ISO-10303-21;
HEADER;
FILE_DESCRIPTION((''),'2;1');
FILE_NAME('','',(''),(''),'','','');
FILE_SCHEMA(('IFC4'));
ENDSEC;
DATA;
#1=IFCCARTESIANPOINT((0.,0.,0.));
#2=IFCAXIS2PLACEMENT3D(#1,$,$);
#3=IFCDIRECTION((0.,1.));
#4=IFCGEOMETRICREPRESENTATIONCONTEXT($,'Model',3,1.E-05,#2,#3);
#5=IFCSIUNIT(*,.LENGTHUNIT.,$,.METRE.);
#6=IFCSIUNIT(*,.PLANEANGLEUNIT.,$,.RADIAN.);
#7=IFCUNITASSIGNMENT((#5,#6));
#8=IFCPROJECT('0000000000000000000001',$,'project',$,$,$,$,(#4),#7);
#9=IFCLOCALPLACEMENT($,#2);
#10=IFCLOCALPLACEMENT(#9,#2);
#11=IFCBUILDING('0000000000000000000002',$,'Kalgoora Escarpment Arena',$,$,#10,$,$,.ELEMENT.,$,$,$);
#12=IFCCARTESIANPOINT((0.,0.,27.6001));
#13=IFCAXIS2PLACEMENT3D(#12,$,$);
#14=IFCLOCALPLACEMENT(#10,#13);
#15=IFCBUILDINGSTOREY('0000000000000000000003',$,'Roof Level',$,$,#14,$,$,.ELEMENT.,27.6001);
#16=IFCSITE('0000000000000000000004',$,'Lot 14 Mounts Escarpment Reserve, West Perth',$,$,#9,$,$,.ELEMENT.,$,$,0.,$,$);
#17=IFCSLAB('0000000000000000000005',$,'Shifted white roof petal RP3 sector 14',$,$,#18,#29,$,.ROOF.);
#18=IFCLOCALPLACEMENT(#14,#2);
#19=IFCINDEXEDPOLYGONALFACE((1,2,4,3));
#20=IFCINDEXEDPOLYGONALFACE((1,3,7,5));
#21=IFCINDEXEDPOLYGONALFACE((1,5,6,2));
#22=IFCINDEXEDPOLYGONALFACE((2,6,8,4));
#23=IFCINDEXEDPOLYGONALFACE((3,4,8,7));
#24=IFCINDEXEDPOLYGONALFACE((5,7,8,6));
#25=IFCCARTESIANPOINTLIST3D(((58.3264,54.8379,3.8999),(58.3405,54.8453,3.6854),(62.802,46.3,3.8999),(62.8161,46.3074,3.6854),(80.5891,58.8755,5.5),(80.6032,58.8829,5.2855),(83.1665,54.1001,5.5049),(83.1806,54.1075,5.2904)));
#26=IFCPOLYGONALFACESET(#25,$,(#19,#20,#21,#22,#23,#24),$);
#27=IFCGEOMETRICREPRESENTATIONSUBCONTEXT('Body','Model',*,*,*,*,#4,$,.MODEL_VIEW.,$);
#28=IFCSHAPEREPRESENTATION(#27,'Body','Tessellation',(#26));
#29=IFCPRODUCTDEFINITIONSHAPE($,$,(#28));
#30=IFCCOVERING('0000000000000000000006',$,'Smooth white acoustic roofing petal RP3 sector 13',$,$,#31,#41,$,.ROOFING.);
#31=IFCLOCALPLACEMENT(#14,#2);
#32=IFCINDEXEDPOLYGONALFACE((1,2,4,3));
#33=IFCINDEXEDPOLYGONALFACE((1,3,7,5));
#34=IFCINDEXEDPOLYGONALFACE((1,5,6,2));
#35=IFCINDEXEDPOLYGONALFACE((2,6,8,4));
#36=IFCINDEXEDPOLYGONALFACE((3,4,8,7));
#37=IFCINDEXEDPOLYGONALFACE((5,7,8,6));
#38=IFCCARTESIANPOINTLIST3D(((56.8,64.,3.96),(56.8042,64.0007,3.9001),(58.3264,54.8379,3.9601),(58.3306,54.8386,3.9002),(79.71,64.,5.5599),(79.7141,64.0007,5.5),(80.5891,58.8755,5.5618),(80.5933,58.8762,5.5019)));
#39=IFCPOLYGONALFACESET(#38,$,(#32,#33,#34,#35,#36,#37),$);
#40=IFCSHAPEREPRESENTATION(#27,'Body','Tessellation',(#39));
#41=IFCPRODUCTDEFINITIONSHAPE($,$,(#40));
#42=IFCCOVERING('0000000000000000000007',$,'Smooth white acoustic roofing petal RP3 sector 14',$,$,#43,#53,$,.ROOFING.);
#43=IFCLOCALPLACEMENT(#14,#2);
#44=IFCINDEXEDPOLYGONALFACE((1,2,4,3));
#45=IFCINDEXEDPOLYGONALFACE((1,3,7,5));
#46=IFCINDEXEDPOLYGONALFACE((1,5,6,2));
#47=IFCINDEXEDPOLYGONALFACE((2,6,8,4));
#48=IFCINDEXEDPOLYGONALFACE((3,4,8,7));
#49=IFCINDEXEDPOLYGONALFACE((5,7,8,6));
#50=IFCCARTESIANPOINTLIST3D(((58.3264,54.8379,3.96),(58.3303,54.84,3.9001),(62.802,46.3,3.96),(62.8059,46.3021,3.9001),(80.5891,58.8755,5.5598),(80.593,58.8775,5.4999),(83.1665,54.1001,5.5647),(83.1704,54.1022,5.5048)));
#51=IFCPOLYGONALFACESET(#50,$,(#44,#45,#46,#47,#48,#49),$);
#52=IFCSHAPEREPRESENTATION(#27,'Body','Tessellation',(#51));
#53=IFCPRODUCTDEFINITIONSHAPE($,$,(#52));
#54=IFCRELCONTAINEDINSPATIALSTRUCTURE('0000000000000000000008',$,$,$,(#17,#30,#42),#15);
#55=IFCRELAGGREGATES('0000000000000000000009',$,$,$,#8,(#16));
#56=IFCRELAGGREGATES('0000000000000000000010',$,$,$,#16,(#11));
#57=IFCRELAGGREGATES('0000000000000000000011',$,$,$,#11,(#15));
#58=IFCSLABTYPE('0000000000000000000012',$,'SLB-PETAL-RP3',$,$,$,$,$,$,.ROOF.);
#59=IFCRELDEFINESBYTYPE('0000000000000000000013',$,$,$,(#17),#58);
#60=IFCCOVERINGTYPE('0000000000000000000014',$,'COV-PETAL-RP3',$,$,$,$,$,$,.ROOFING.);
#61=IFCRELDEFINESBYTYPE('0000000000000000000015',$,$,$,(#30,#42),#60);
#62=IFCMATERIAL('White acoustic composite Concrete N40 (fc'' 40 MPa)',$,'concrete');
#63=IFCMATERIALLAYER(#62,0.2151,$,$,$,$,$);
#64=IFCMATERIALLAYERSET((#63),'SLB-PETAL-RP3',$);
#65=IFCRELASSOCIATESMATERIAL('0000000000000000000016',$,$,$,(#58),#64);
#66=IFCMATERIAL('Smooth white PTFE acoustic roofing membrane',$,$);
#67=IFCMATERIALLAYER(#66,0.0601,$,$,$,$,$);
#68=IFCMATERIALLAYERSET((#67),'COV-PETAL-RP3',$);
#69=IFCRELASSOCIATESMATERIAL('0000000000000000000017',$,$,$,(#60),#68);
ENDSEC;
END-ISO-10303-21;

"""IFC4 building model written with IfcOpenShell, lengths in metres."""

from ifc_helpers import new_model, si_unit, direction, frame, origin, place, context, subcontext, project, spatial, polyline, outline, extrude, material, layer, layer_set, type_object, element, save


model = new_model("IFC4")

# Units and contexts
model_context = context("Model", 3, precision=1e-05, world=origin(), true_north=direction((0.0, 1.0)))
body_context = subcontext(model_context, "Body", "Model", "MODEL_VIEW")
ifc_project = project(units=[si_unit("LENGTHUNIT", "METRE"), si_unit("PLANEANGLEUNIT", "RADIAN")], contexts=[model_context])

# Site, building, storey
site_placement = place(None, origin())
site = spatial("IfcSite", under=ifc_project, at=site_placement, Name="Lot 14 Mounts Escarpment Reserve, West Perth", CompositionType="ELEMENT", RefElevation=0.0)
building_placement = place(site_placement, origin())
building = spatial("IfcBuilding", under=site, at=building_placement, Name="Kalgoora Escarpment Arena", CompositionType="ELEMENT")
storey_placement = place(building_placement, frame((0.0, 0.0, 27.6001)))
storey = spatial("IfcBuildingStorey", under=building, at=storey_placement, Name="Roof Level", CompositionType="ELEMENT", Elevation=27.6001)

# Slab
ifc_material_1 = material(Name="White acoustic composite Concrete N40 (fc' 40 MPa)", Category="concrete")
ifc_layer_1 = layer(ifc_material_1, 0.2151)
ifc_layer_set_1 = layer_set([ifc_layer_1], Name="SLB-PETAL-RP3")
slab_type = type_object("IfcSlabType", Name="SLB-PETAL-RP3", PredefinedType="ROOF", material=ifc_layer_set_1)
slab_1_placement = place(storey_placement, frame((58.3264, 54.8379, 3.8999), z_axis=(-0.065455, -0.03431, 0.997265), x_axis=(0.464282, -0.885687, 0.000001)))
element("IfcSlab", 1, at=slab_1_placement, inside=storey, type_object=slab_type, Name="Shifted white roof petal RP3 sector 14", PredefinedType="ROOF", context=body_context, shape_type="SweptSolid", body=[
    extrude(outline(polyline([(0.0, 0.0), (9.6398, 0.0), (12.1863, 21.7174), (6.7601, 21.6516), (0.0, 0.0)])), origin(), (0.0, 0.0, -1.0), 0.2151),
])

# Coverings
ifc_material_2 = material(Name="Smooth white PTFE acoustic roofing membrane")
ifc_layer_2 = layer(ifc_material_2, 0.0601)
ifc_layer_set_2 = layer_set([ifc_layer_2], Name="COV-PETAL-RP3")
covering_type = type_object("IfcCoveringType", Name="COV-PETAL-RP3", PredefinedType="ROOFING", material=ifc_layer_set_2)
covering_1_placement = place(storey_placement, frame((56.8, 64.0, 3.96), z_axis=(-0.069663, -0.011593, 0.997503), x_axis=(0.16433, -0.986405, 0.000012)))
element("IfcCovering", 2, at=covering_1_placement, inside=storey, type_object=covering_type, Name="Smooth white acoustic roofing petal RP3 sector 13", PredefinedType="ROOFING", context=body_context, shape_type="SweptSolid", body=[
    extrude(outline(polyline([(0.0, 0.0), (9.2884, 0.0), (8.9641, 22.6802), (3.7648, 22.655), (0.0, 0.0)])), origin(), (0.0, 0.0, -1.0), 0.0601),
])
covering_2_placement = place(storey_placement, frame((58.3264, 54.8379, 3.96), z_axis=(-0.065445, -0.034305, 0.997266), x_axis=(0.464282, -0.885687, 0.000001)))
element("IfcCovering", 3, at=covering_2_placement, inside=storey, type_object=covering_type, Name="Smooth white acoustic roofing petal RP3 sector 14", PredefinedType="ROOFING", context=body_context, shape_type="SweptSolid", body=[
    extrude(outline(polyline([(0.0, 0.0), (9.6398, 0.0), (12.1863, 21.7174), (6.7601, 21.6516), (0.0, 0.0)])), origin(), (0.0, 0.0, -1.0), 0.0601),
])

save(model, "model.ifc")
